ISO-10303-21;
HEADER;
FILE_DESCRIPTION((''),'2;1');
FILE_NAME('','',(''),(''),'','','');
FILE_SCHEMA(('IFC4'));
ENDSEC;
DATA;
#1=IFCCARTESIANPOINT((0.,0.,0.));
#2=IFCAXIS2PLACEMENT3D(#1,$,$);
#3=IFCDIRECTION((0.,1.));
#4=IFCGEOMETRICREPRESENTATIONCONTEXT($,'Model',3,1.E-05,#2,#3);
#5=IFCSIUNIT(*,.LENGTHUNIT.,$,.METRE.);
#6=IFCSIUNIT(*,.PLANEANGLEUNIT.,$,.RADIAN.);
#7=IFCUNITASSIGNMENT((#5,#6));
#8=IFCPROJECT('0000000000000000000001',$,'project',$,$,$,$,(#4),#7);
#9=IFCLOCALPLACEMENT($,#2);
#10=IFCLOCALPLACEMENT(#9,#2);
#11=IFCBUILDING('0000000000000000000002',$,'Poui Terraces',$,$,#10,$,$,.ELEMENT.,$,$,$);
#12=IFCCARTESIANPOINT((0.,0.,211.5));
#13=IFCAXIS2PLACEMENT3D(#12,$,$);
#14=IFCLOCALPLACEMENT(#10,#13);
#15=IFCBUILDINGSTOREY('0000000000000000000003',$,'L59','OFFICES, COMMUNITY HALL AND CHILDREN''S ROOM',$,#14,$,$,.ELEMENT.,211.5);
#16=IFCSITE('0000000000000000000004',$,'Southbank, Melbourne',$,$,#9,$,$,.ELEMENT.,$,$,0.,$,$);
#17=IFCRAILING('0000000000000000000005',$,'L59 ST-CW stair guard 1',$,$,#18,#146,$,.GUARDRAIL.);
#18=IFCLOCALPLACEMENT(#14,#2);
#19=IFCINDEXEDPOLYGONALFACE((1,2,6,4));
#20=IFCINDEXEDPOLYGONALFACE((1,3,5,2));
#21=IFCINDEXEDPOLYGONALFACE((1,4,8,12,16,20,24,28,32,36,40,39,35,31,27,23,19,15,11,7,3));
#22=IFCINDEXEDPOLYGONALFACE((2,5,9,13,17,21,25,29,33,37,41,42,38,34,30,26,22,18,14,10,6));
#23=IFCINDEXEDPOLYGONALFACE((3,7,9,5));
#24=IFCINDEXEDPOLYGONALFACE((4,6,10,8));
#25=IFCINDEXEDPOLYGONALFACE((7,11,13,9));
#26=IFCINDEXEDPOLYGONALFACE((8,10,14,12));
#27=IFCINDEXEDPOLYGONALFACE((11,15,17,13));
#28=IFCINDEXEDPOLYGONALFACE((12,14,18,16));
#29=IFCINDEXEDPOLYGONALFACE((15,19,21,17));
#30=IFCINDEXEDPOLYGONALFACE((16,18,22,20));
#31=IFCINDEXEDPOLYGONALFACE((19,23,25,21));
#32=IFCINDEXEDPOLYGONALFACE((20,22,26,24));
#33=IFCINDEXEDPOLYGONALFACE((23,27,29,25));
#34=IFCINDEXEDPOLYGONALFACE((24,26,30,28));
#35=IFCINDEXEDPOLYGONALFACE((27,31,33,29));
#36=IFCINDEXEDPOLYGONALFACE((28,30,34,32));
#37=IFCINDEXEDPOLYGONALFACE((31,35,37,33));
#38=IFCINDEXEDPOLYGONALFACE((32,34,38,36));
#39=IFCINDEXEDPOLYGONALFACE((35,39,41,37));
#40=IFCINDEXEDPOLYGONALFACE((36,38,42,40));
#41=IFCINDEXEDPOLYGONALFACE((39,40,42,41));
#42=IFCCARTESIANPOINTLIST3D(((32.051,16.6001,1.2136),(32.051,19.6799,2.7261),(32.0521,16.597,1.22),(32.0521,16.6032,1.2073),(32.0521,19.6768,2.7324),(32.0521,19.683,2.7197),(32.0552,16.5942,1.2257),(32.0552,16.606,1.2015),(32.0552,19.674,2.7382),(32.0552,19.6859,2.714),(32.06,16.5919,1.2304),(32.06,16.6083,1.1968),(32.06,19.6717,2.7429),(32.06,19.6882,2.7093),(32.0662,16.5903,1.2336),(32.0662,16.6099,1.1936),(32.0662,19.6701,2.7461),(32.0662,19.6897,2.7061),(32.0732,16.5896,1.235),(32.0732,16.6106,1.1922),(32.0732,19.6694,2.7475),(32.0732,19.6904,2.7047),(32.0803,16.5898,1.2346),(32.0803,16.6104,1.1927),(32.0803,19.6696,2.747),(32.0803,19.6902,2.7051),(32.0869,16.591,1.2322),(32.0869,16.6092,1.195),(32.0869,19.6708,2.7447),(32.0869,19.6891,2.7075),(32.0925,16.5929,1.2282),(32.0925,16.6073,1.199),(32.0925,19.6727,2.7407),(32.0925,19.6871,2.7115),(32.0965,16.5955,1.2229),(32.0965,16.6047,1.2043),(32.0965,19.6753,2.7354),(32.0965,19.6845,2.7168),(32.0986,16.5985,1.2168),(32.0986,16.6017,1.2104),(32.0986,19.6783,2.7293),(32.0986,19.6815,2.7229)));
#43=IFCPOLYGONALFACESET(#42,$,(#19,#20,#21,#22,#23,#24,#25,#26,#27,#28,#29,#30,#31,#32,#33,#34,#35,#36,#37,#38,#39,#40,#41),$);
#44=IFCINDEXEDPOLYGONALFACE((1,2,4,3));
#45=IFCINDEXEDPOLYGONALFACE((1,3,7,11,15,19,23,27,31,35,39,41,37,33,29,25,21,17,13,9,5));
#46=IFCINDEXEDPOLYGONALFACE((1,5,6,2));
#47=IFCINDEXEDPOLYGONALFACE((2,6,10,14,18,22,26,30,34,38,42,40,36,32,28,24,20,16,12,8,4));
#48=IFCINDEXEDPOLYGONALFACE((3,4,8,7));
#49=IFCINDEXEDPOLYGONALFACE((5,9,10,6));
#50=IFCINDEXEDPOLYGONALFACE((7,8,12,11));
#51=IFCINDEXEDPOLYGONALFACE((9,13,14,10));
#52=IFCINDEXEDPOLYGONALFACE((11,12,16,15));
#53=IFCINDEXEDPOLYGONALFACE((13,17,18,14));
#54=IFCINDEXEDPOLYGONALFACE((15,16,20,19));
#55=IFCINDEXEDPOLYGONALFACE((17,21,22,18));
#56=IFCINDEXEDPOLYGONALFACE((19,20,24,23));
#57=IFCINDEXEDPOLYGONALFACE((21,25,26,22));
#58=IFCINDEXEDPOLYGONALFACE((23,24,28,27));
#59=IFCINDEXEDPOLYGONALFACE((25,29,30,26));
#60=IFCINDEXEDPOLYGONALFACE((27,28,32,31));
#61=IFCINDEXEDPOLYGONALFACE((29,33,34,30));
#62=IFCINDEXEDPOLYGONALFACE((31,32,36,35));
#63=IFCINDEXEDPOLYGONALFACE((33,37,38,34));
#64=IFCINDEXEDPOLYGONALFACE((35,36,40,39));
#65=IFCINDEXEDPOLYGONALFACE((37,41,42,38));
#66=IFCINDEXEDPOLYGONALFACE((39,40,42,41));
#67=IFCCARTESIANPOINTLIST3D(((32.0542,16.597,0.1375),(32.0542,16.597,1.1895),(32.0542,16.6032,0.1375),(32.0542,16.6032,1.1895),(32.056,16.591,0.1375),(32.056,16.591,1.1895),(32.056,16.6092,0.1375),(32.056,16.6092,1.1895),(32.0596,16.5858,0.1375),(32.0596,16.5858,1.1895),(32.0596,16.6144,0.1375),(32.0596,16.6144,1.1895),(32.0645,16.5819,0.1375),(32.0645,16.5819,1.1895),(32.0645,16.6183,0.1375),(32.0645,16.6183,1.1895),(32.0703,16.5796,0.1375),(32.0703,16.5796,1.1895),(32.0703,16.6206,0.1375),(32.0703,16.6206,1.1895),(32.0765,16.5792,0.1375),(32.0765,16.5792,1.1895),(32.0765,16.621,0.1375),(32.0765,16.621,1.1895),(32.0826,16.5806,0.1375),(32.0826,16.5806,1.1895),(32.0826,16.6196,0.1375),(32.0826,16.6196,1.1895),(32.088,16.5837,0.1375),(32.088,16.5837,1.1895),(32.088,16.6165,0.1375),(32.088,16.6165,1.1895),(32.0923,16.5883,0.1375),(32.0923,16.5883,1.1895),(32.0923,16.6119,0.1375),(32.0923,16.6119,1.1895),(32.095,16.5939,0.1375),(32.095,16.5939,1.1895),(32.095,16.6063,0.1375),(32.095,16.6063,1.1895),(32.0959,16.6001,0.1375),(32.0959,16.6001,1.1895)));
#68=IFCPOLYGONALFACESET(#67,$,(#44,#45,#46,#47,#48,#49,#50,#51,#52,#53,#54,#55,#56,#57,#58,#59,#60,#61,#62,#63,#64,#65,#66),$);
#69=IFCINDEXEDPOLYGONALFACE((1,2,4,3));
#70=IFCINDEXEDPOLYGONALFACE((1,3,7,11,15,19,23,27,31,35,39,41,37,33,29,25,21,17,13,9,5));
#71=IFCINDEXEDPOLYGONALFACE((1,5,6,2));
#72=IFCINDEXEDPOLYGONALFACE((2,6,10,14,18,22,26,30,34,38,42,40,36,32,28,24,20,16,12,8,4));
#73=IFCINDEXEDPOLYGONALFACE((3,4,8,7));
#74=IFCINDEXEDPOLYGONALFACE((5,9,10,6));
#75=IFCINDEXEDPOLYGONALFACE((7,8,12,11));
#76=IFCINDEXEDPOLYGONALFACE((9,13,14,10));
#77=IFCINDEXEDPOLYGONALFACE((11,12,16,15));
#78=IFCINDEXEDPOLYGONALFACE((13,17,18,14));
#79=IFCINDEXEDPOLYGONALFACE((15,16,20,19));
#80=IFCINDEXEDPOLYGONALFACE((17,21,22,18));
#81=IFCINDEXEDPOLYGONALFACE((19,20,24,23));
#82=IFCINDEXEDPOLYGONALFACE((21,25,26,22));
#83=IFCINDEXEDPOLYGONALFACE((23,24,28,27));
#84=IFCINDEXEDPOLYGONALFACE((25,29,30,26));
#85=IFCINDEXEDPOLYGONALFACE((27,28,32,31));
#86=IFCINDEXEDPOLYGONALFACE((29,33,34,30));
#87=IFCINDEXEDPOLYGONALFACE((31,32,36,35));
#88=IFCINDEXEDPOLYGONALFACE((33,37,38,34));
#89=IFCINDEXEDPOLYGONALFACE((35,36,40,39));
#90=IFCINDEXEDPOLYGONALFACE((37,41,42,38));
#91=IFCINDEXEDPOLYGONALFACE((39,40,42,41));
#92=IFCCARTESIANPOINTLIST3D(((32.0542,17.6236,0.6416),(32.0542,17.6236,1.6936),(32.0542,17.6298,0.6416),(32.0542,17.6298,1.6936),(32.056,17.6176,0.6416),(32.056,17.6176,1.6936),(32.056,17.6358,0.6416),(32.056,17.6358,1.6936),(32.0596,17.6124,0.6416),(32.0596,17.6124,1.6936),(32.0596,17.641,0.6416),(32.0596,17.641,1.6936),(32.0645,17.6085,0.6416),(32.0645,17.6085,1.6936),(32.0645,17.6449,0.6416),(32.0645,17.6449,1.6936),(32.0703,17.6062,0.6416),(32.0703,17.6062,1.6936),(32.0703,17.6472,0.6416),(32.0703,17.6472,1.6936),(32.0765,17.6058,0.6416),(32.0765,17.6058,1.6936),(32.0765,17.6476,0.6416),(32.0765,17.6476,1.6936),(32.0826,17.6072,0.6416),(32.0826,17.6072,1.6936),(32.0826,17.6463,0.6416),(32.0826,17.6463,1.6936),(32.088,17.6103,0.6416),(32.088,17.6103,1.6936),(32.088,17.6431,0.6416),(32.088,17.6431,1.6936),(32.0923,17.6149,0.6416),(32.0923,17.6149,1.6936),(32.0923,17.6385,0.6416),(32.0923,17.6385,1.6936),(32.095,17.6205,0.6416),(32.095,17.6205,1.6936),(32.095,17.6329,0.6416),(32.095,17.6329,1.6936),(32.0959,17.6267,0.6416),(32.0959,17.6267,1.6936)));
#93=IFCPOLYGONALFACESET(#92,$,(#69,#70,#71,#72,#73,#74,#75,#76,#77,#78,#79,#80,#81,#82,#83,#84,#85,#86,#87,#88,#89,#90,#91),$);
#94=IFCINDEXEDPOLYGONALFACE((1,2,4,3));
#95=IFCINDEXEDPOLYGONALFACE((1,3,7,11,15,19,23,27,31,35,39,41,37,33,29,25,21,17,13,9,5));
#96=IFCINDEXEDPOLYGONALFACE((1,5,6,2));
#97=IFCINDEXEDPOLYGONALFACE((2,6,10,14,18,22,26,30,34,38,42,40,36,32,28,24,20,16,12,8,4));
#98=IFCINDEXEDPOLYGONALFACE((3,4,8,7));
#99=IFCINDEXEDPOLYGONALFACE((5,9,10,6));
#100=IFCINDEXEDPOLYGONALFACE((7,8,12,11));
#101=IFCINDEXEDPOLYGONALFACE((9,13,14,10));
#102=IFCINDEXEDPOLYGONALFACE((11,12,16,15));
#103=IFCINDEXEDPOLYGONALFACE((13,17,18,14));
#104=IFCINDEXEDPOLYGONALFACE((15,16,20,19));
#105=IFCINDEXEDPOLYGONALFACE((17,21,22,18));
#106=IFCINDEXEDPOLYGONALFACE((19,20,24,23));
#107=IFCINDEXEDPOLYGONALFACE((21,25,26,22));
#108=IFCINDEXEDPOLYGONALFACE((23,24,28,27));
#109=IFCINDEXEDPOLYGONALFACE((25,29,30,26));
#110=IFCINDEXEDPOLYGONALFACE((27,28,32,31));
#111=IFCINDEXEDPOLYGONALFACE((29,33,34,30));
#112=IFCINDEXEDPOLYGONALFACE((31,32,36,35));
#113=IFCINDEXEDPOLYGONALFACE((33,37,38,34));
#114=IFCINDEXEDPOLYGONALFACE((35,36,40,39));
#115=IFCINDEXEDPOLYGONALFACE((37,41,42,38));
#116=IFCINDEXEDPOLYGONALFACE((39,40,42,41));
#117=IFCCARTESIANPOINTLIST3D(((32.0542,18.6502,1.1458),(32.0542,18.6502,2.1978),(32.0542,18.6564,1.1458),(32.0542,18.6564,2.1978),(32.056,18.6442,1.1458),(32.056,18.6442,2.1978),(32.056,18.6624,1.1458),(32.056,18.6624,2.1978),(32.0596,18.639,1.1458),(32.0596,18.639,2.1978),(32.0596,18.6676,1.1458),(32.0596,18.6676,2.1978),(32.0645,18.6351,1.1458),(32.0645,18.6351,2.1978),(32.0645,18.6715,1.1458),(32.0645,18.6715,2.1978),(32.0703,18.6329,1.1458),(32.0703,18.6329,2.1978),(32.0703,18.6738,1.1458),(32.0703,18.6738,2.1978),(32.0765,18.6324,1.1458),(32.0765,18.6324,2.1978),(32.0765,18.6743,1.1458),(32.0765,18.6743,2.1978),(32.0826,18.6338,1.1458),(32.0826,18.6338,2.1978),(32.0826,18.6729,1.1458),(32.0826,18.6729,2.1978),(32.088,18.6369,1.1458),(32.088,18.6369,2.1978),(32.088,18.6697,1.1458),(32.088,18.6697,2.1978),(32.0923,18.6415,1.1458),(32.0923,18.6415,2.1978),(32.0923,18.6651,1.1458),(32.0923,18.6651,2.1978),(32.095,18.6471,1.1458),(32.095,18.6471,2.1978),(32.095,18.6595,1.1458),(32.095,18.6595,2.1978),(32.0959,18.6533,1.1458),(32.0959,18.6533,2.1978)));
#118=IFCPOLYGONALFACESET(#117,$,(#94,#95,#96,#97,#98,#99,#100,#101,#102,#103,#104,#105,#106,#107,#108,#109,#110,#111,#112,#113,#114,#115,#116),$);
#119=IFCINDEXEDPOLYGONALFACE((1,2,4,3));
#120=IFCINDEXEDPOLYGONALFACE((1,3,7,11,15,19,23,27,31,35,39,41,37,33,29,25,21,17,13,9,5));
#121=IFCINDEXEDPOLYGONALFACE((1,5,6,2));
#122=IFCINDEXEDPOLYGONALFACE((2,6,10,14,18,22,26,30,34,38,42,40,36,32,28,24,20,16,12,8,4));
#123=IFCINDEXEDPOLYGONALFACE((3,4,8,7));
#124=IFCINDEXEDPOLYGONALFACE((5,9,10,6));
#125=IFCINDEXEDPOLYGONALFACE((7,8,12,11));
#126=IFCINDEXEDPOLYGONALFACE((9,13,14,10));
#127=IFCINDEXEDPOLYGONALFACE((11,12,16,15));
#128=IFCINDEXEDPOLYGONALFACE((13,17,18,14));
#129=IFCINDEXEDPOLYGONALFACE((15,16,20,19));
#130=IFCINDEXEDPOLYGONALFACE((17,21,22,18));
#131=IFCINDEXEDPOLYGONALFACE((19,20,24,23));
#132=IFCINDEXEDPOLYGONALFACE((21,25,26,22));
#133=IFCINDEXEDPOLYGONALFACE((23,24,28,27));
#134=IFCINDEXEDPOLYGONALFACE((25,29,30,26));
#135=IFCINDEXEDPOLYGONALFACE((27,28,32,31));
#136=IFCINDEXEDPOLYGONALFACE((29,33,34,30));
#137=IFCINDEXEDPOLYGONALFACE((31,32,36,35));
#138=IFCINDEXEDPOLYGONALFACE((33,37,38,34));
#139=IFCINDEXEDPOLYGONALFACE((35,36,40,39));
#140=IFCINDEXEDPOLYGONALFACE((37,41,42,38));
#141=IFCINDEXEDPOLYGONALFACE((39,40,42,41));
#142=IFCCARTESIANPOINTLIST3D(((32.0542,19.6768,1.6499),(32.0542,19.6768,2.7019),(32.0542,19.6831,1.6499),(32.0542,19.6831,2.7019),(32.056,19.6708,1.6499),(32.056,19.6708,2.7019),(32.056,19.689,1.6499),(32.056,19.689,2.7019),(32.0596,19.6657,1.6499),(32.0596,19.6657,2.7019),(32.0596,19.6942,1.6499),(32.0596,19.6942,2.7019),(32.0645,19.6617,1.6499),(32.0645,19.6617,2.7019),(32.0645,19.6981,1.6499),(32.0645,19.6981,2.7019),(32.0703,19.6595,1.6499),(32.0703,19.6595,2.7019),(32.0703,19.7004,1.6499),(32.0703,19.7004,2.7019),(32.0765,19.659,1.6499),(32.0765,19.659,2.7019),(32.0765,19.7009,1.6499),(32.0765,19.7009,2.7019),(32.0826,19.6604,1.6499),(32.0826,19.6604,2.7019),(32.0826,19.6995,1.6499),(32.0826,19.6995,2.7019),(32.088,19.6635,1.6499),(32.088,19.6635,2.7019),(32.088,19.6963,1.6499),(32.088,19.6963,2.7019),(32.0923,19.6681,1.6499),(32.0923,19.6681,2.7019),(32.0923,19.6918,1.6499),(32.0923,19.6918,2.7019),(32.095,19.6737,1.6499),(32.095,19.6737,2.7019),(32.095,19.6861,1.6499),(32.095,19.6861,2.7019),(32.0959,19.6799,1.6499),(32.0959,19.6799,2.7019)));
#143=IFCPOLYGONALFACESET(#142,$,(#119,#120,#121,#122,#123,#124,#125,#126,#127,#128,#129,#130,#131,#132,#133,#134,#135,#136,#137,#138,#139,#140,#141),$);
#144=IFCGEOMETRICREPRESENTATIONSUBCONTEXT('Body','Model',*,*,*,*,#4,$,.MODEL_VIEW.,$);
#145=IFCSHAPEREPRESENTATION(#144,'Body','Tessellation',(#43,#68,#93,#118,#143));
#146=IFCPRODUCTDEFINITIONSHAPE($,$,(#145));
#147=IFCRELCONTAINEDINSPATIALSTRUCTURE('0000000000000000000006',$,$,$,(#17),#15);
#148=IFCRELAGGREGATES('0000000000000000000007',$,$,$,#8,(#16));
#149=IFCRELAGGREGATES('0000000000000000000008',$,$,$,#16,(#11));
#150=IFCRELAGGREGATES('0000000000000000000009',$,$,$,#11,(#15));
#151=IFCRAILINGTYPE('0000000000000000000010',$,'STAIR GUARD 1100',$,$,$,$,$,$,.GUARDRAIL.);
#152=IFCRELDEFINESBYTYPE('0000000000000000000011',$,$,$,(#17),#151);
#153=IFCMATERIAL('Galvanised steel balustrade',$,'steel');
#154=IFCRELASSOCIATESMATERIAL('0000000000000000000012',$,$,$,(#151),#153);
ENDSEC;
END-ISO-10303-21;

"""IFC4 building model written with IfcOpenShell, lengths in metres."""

from ifc_helpers import new_model, si_unit, direction, frame, origin, origin_2d, place, context, subcontext, project, spatial, circle, extrude, material, type_object, element, save


model = new_model("IFC4")

# Units and contexts
model_context = context("Model", 3, precision=1e-05, world=origin(), true_north=direction((0.0, 1.0)))
body_context = subcontext(model_context, "Body", "Model", "MODEL_VIEW")
ifc_project = project(units=[si_unit("LENGTHUNIT", "METRE"), si_unit("PLANEANGLEUNIT", "RADIAN")], contexts=[model_context])

# Site, building, storey
site_placement = place(None, origin())
site = spatial("IfcSite", under=ifc_project, at=site_placement, Name="Southbank, Melbourne", CompositionType="ELEMENT", RefElevation=0.0)
building_placement = place(site_placement, origin())
building = spatial("IfcBuilding", under=site, at=building_placement, Name="Poui Terraces", CompositionType="ELEMENT")
storey_placement = place(building_placement, frame((0.0, 0.0, 211.5)))
storey = spatial("IfcBuildingStorey", under=building, at=storey_placement, Name="L59", Description="OFFICES, COMMUNITY HALL AND CHILDREN'S ROOM", CompositionType="ELEMENT", Elevation=211.5)

# Railing
ifc_material_1 = material(Name="Galvanised steel balustrade", Category="steel")
railing_type_1 = type_object("IfcRailingType", Name="STAIR GUARD 1100", PredefinedType="GUARDRAIL", material=ifc_material_1)
railing_1_placement = place(storey_placement, frame((32.075, 16.6001, 0.1375)))
element("IfcRailing", 1, at=railing_1_placement, inside=storey, type_object=railing_type_1, Name="L59 ST-CW stair guard 1", PredefinedType="GUARDRAIL", context=body_context, shape_type="SweptSolid", body=[
    extrude(circle(Radius=0.0239, at=origin_2d()), frame((0.0, 0.0, 1.0762), z_axis=(0.0, 0.897606, 0.440798), x_axis=(-1.0, 0.0, 0.0)), (0.0, 0.0, 1.0), 3.4312),
    extrude(circle(Radius=0.021, at=origin_2d()), origin(), (0.0, 0.0, 1.0), 1.052),
    extrude(circle(Radius=0.021, at=origin_2d()), frame((0.0, 1.0266, 0.5042)), (0.0, 0.0, 1.0), 1.052),
    extrude(circle(Radius=0.021, at=origin_2d()), frame((0.0, 2.0532, 1.0083)), (0.0, 0.0, 1.0), 1.052),
    extrude(circle(Radius=0.021, at=origin_2d()), frame((0.0, 3.0798, 1.5125)), (0.0, 0.0, 1.0), 1.052),
])

save(model, "model.ifc")
